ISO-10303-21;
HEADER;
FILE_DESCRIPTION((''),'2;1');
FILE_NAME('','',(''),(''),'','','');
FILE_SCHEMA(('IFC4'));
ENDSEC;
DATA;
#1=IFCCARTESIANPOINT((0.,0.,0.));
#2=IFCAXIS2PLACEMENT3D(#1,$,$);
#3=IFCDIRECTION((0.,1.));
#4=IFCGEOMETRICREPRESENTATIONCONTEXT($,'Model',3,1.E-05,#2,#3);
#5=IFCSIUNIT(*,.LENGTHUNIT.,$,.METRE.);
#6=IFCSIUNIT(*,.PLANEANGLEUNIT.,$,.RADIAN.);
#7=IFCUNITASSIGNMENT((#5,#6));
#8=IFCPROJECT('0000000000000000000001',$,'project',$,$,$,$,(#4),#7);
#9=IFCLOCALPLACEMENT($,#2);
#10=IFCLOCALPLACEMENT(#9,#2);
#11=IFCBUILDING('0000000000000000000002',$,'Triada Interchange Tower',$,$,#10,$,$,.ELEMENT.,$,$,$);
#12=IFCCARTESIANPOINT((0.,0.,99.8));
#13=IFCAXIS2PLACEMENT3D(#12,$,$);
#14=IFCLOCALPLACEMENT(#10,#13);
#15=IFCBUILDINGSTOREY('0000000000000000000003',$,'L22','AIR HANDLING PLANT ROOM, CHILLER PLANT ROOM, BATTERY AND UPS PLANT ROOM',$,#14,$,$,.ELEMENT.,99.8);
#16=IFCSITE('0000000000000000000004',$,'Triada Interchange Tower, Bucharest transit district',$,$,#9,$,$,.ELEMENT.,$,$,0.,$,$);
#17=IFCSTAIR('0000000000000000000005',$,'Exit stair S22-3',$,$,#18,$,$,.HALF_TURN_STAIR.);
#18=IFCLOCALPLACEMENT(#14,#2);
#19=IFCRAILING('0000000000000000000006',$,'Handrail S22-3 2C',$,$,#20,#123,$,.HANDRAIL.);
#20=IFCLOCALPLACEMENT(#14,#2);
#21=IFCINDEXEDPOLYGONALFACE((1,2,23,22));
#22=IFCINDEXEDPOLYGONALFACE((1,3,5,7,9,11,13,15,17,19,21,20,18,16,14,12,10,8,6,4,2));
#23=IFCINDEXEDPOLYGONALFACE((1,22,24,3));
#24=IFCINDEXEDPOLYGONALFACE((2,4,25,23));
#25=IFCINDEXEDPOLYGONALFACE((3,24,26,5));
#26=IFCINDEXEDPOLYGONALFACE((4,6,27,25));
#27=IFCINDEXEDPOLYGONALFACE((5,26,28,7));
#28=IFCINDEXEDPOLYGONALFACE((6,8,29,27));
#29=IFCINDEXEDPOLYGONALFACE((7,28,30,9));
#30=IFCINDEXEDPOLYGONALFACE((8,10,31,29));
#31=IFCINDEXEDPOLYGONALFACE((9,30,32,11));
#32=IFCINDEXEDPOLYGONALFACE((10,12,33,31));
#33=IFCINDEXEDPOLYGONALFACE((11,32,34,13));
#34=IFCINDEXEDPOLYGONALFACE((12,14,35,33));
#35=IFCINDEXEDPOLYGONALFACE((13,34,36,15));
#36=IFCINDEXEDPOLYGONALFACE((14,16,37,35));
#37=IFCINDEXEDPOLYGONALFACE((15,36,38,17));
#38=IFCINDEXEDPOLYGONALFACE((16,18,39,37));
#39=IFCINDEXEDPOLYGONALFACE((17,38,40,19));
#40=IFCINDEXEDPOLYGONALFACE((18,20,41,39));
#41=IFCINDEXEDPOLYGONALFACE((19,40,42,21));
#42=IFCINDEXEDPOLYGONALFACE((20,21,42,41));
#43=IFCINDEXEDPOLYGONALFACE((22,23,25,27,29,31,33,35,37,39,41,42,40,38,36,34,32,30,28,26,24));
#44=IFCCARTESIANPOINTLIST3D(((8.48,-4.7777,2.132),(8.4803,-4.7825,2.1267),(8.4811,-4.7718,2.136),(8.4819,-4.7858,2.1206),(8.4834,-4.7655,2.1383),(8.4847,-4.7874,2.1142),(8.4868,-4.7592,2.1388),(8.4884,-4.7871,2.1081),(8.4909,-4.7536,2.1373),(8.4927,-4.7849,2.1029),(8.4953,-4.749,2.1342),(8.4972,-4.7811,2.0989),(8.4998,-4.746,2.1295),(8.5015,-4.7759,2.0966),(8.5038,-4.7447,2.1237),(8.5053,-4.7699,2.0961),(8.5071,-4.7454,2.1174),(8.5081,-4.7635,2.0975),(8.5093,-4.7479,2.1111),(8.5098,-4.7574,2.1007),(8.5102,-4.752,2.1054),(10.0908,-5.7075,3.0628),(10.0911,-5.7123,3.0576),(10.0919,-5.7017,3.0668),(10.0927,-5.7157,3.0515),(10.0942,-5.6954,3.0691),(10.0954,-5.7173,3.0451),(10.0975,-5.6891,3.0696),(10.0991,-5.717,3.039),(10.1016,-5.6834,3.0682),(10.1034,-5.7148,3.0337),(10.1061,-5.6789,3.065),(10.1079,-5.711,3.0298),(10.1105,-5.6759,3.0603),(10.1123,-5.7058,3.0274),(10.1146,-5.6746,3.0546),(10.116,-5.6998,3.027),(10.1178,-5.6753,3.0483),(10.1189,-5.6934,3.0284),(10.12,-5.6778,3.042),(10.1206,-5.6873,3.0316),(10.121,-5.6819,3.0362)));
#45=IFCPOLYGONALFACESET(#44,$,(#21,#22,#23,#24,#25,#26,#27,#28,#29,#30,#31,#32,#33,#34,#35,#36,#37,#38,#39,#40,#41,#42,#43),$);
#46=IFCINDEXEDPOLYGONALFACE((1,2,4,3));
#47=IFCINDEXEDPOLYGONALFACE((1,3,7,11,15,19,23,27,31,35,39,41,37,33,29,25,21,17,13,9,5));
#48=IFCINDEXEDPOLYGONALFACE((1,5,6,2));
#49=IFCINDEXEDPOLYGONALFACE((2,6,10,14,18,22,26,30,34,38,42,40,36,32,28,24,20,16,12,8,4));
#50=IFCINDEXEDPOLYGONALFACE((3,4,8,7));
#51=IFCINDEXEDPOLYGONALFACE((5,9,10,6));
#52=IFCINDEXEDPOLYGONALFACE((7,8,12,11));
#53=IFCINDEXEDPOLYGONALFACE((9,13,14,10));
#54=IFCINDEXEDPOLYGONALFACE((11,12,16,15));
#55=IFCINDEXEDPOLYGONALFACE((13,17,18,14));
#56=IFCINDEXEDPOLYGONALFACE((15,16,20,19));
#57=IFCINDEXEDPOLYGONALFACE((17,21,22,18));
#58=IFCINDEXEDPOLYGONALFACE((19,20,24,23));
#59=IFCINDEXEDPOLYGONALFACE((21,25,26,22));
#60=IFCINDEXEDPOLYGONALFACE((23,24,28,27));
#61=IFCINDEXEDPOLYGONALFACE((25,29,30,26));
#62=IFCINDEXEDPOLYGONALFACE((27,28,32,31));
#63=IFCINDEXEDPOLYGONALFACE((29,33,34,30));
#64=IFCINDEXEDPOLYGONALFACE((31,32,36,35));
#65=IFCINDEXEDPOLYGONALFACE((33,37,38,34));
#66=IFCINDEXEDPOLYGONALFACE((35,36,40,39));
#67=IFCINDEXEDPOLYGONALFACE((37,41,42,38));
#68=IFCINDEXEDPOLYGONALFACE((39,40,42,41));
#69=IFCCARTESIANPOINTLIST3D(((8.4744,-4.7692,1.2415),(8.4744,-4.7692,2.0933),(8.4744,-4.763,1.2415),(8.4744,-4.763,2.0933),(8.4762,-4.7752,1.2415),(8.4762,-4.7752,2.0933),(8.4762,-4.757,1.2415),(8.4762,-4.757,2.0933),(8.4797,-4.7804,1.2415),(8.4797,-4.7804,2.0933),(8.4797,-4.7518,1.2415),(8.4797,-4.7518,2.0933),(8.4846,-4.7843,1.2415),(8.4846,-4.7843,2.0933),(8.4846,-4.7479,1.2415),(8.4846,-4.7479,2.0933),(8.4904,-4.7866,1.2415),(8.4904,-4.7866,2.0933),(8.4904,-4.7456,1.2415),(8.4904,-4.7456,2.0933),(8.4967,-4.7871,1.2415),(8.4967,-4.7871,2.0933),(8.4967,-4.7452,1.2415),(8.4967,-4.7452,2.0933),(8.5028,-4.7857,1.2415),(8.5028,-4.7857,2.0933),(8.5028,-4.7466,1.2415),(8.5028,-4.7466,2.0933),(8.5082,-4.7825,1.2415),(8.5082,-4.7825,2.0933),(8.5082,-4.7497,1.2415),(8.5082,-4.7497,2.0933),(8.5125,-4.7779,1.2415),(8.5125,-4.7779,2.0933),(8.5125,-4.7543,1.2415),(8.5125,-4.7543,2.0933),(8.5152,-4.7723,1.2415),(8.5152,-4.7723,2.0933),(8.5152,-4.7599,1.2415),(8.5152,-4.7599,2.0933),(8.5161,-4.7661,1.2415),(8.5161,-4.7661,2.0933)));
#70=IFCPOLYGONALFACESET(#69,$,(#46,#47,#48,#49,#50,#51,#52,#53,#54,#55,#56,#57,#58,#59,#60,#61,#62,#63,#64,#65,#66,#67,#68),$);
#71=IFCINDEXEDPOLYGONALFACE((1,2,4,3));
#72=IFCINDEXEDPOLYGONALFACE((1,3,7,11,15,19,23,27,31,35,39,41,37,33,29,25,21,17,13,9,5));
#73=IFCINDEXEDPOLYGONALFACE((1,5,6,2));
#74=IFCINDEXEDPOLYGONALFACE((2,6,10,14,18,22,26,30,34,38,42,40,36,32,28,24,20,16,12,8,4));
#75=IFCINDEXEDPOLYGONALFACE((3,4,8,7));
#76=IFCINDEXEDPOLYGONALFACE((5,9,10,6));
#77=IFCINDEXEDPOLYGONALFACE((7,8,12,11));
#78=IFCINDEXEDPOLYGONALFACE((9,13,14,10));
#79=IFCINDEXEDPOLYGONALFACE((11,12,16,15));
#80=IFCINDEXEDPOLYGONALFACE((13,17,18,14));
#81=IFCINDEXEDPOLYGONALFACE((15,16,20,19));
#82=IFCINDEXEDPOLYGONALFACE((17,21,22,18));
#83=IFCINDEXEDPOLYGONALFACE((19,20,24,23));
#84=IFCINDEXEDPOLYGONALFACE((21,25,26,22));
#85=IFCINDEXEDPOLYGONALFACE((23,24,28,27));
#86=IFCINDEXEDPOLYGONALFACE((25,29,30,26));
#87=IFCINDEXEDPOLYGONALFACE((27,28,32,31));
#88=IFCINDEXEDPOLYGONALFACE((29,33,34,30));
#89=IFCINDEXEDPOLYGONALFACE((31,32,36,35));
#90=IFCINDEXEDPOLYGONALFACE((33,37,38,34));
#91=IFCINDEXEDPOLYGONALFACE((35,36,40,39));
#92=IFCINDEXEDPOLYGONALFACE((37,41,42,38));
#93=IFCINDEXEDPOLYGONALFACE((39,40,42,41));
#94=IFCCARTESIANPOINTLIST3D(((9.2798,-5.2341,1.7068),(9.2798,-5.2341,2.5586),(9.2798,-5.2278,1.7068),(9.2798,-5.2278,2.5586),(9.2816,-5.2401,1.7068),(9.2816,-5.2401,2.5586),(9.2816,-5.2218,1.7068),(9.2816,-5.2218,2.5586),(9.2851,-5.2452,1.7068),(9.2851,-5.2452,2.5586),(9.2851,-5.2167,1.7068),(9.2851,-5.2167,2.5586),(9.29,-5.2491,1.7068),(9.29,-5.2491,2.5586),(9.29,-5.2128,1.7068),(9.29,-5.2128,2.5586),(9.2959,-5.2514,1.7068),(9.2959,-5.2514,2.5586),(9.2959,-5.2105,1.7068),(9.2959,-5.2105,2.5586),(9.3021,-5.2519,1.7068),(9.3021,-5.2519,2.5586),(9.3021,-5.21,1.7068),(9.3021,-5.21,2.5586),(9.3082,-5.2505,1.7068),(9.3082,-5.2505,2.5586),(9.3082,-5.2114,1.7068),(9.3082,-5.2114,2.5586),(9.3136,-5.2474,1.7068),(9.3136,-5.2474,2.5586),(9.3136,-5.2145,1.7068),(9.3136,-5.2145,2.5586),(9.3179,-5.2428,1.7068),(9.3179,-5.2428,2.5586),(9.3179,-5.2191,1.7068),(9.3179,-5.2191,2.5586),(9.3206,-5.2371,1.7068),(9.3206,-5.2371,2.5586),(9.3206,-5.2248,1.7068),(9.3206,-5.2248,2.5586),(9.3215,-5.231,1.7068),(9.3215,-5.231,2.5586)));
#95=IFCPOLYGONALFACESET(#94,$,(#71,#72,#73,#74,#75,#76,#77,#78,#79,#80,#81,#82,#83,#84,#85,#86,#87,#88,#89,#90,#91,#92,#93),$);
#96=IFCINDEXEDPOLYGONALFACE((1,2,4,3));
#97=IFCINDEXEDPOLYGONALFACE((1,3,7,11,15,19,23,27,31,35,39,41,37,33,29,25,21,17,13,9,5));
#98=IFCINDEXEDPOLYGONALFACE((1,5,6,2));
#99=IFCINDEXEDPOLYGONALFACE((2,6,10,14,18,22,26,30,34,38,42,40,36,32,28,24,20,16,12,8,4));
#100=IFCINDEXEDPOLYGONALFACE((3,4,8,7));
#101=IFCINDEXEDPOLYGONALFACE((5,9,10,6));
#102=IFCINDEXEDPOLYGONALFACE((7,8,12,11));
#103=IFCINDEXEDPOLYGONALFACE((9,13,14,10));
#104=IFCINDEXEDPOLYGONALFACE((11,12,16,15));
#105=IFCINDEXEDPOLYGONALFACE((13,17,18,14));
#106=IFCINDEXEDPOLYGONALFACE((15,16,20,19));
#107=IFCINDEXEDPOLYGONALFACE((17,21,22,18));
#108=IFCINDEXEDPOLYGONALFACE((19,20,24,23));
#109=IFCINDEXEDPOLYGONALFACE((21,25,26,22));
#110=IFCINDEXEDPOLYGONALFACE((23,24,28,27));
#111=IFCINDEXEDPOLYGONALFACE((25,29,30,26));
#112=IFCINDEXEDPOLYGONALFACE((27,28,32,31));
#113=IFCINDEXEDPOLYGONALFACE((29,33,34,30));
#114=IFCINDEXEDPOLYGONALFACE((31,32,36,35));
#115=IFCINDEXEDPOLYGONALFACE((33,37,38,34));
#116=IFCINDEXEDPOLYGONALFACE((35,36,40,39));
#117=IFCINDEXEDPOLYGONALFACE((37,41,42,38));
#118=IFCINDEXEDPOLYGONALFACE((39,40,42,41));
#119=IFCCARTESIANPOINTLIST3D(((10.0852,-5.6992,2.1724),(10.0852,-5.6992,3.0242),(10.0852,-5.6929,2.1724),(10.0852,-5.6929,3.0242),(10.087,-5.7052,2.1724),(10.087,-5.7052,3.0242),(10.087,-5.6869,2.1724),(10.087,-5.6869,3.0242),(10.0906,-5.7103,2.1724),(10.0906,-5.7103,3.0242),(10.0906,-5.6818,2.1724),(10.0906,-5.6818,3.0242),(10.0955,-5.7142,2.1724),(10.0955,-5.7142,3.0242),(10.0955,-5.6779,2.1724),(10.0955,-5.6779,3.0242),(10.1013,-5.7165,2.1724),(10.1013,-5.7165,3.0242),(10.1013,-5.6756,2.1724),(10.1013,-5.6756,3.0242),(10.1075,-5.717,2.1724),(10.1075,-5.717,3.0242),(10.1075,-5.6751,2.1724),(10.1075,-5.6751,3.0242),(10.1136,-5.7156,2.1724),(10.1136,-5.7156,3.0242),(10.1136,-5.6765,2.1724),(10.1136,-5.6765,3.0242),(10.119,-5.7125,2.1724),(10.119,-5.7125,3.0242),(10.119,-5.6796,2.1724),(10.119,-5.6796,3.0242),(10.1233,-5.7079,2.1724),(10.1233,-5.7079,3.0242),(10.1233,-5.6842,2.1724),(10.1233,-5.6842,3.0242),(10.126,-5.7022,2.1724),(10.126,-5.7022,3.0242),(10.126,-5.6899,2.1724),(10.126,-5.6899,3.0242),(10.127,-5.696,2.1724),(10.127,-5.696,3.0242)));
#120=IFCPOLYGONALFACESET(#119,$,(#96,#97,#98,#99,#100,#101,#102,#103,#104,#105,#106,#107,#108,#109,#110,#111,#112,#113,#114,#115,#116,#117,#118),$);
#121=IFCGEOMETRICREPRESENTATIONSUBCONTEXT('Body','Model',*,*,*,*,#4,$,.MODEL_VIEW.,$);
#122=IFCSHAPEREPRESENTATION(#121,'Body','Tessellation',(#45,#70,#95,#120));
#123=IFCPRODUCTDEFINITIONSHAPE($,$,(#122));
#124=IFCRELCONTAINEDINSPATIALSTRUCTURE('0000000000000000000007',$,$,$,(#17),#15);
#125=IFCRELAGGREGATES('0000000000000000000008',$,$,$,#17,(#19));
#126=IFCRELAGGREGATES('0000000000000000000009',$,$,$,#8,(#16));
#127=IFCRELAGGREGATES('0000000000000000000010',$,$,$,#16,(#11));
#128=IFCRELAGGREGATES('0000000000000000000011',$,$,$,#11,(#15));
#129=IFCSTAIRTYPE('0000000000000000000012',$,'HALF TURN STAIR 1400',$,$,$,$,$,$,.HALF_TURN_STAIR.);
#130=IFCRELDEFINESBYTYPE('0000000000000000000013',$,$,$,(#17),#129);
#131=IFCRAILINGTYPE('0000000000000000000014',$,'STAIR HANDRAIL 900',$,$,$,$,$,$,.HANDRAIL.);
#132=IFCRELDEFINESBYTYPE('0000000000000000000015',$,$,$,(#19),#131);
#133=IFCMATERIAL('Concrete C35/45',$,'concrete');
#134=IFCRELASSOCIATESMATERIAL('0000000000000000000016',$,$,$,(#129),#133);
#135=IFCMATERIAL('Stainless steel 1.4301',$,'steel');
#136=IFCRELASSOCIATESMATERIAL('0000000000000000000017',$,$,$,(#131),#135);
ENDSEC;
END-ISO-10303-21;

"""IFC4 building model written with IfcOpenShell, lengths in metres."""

from ifc_helpers import new_model, si_unit, direction, frame, origin, origin_2d, place, context, subcontext, project, spatial, circle, extrude, material, type_object, element, aggregate, save


model = new_model("IFC4")

# Units and contexts
model_context = context("Model", 3, precision=1e-05, world=origin(), true_north=direction((0.0, 1.0)))
body_context = subcontext(model_context, "Body", "Model", "MODEL_VIEW")
ifc_project = project(units=[si_unit("LENGTHUNIT", "METRE"), si_unit("PLANEANGLEUNIT", "RADIAN")], contexts=[model_context])

# Site, building, storey
site_placement = place(None, origin())
site = spatial("IfcSite", under=ifc_project, at=site_placement, Name="Triada Interchange Tower, Bucharest transit district", CompositionType="ELEMENT", RefElevation=0.0)
building_placement = place(site_placement, origin())
building = spatial("IfcBuilding", under=site, at=building_placement, Name="Triada Interchange Tower", CompositionType="ELEMENT")
storey_placement = place(building_placement, frame((0.0, 0.0, 99.8)))
storey = spatial("IfcBuildingStorey", under=building, at=storey_placement, Name="L22", Description="AIR HANDLING PLANT ROOM, CHILLER PLANT ROOM, BATTERY AND UPS PLANT ROOM", CompositionType="ELEMENT", Elevation=99.8)

# Stair, railing
ifc_material_1 = material(Name="Concrete C35/45", Category="concrete")
stair_type = type_object("IfcStairType", Name="HALF TURN STAIR 1400", PredefinedType="HALF_TURN_STAIR", material=ifc_material_1)
stair_placement = place(storey_placement, origin())
stair = element("IfcStair", 1, at=stair_placement, inside=storey, type_object=stair_type, Name="Exit stair S22-3", PredefinedType="HALF_TURN_STAIR")
ifc_material_2 = material(Name="Stainless steel 1.4301", Category="steel")
railing_type = type_object("IfcRailingType", Name="STAIR HANDRAIL 900", PredefinedType="HANDRAIL", material=ifc_material_2)
railing_1_placement = place(storey_placement, frame((8.4951, -4.7661, 1.2415)))
railing_1 = element("IfcRailing", 2, at=railing_1_placement, type_object=railing_type, Name="Handrail S22-3 2C", PredefinedType="HANDRAIL", context=body_context, shape_type="SweptSolid", body=[
    extrude(circle(Radius=0.0239, at=origin_2d()), frame((0.0, 0.0, 0.876), z_axis=(0.774463, -0.447095, 0.447564), x_axis=(0.499965, 0.866046, 0.0)), (0.0, 0.0, 1.0), 2.0798),
    extrude(circle(Radius=0.021, at=origin_2d()), origin(), (0.0, 0.0, 1.0), 0.8518),
    extrude(circle(Radius=0.021, at=origin_2d()), frame((0.8054, -0.4648, 0.4653)), (0.0, 0.0, 1.0), 0.8518),
    extrude(circle(Radius=0.021, at=origin_2d()), frame((1.6108, -0.9299, 0.9309)), (0.0, 0.0, 1.0), 0.8518),
])
aggregate(stair, [railing_1])

save(model, "model.ifc")
